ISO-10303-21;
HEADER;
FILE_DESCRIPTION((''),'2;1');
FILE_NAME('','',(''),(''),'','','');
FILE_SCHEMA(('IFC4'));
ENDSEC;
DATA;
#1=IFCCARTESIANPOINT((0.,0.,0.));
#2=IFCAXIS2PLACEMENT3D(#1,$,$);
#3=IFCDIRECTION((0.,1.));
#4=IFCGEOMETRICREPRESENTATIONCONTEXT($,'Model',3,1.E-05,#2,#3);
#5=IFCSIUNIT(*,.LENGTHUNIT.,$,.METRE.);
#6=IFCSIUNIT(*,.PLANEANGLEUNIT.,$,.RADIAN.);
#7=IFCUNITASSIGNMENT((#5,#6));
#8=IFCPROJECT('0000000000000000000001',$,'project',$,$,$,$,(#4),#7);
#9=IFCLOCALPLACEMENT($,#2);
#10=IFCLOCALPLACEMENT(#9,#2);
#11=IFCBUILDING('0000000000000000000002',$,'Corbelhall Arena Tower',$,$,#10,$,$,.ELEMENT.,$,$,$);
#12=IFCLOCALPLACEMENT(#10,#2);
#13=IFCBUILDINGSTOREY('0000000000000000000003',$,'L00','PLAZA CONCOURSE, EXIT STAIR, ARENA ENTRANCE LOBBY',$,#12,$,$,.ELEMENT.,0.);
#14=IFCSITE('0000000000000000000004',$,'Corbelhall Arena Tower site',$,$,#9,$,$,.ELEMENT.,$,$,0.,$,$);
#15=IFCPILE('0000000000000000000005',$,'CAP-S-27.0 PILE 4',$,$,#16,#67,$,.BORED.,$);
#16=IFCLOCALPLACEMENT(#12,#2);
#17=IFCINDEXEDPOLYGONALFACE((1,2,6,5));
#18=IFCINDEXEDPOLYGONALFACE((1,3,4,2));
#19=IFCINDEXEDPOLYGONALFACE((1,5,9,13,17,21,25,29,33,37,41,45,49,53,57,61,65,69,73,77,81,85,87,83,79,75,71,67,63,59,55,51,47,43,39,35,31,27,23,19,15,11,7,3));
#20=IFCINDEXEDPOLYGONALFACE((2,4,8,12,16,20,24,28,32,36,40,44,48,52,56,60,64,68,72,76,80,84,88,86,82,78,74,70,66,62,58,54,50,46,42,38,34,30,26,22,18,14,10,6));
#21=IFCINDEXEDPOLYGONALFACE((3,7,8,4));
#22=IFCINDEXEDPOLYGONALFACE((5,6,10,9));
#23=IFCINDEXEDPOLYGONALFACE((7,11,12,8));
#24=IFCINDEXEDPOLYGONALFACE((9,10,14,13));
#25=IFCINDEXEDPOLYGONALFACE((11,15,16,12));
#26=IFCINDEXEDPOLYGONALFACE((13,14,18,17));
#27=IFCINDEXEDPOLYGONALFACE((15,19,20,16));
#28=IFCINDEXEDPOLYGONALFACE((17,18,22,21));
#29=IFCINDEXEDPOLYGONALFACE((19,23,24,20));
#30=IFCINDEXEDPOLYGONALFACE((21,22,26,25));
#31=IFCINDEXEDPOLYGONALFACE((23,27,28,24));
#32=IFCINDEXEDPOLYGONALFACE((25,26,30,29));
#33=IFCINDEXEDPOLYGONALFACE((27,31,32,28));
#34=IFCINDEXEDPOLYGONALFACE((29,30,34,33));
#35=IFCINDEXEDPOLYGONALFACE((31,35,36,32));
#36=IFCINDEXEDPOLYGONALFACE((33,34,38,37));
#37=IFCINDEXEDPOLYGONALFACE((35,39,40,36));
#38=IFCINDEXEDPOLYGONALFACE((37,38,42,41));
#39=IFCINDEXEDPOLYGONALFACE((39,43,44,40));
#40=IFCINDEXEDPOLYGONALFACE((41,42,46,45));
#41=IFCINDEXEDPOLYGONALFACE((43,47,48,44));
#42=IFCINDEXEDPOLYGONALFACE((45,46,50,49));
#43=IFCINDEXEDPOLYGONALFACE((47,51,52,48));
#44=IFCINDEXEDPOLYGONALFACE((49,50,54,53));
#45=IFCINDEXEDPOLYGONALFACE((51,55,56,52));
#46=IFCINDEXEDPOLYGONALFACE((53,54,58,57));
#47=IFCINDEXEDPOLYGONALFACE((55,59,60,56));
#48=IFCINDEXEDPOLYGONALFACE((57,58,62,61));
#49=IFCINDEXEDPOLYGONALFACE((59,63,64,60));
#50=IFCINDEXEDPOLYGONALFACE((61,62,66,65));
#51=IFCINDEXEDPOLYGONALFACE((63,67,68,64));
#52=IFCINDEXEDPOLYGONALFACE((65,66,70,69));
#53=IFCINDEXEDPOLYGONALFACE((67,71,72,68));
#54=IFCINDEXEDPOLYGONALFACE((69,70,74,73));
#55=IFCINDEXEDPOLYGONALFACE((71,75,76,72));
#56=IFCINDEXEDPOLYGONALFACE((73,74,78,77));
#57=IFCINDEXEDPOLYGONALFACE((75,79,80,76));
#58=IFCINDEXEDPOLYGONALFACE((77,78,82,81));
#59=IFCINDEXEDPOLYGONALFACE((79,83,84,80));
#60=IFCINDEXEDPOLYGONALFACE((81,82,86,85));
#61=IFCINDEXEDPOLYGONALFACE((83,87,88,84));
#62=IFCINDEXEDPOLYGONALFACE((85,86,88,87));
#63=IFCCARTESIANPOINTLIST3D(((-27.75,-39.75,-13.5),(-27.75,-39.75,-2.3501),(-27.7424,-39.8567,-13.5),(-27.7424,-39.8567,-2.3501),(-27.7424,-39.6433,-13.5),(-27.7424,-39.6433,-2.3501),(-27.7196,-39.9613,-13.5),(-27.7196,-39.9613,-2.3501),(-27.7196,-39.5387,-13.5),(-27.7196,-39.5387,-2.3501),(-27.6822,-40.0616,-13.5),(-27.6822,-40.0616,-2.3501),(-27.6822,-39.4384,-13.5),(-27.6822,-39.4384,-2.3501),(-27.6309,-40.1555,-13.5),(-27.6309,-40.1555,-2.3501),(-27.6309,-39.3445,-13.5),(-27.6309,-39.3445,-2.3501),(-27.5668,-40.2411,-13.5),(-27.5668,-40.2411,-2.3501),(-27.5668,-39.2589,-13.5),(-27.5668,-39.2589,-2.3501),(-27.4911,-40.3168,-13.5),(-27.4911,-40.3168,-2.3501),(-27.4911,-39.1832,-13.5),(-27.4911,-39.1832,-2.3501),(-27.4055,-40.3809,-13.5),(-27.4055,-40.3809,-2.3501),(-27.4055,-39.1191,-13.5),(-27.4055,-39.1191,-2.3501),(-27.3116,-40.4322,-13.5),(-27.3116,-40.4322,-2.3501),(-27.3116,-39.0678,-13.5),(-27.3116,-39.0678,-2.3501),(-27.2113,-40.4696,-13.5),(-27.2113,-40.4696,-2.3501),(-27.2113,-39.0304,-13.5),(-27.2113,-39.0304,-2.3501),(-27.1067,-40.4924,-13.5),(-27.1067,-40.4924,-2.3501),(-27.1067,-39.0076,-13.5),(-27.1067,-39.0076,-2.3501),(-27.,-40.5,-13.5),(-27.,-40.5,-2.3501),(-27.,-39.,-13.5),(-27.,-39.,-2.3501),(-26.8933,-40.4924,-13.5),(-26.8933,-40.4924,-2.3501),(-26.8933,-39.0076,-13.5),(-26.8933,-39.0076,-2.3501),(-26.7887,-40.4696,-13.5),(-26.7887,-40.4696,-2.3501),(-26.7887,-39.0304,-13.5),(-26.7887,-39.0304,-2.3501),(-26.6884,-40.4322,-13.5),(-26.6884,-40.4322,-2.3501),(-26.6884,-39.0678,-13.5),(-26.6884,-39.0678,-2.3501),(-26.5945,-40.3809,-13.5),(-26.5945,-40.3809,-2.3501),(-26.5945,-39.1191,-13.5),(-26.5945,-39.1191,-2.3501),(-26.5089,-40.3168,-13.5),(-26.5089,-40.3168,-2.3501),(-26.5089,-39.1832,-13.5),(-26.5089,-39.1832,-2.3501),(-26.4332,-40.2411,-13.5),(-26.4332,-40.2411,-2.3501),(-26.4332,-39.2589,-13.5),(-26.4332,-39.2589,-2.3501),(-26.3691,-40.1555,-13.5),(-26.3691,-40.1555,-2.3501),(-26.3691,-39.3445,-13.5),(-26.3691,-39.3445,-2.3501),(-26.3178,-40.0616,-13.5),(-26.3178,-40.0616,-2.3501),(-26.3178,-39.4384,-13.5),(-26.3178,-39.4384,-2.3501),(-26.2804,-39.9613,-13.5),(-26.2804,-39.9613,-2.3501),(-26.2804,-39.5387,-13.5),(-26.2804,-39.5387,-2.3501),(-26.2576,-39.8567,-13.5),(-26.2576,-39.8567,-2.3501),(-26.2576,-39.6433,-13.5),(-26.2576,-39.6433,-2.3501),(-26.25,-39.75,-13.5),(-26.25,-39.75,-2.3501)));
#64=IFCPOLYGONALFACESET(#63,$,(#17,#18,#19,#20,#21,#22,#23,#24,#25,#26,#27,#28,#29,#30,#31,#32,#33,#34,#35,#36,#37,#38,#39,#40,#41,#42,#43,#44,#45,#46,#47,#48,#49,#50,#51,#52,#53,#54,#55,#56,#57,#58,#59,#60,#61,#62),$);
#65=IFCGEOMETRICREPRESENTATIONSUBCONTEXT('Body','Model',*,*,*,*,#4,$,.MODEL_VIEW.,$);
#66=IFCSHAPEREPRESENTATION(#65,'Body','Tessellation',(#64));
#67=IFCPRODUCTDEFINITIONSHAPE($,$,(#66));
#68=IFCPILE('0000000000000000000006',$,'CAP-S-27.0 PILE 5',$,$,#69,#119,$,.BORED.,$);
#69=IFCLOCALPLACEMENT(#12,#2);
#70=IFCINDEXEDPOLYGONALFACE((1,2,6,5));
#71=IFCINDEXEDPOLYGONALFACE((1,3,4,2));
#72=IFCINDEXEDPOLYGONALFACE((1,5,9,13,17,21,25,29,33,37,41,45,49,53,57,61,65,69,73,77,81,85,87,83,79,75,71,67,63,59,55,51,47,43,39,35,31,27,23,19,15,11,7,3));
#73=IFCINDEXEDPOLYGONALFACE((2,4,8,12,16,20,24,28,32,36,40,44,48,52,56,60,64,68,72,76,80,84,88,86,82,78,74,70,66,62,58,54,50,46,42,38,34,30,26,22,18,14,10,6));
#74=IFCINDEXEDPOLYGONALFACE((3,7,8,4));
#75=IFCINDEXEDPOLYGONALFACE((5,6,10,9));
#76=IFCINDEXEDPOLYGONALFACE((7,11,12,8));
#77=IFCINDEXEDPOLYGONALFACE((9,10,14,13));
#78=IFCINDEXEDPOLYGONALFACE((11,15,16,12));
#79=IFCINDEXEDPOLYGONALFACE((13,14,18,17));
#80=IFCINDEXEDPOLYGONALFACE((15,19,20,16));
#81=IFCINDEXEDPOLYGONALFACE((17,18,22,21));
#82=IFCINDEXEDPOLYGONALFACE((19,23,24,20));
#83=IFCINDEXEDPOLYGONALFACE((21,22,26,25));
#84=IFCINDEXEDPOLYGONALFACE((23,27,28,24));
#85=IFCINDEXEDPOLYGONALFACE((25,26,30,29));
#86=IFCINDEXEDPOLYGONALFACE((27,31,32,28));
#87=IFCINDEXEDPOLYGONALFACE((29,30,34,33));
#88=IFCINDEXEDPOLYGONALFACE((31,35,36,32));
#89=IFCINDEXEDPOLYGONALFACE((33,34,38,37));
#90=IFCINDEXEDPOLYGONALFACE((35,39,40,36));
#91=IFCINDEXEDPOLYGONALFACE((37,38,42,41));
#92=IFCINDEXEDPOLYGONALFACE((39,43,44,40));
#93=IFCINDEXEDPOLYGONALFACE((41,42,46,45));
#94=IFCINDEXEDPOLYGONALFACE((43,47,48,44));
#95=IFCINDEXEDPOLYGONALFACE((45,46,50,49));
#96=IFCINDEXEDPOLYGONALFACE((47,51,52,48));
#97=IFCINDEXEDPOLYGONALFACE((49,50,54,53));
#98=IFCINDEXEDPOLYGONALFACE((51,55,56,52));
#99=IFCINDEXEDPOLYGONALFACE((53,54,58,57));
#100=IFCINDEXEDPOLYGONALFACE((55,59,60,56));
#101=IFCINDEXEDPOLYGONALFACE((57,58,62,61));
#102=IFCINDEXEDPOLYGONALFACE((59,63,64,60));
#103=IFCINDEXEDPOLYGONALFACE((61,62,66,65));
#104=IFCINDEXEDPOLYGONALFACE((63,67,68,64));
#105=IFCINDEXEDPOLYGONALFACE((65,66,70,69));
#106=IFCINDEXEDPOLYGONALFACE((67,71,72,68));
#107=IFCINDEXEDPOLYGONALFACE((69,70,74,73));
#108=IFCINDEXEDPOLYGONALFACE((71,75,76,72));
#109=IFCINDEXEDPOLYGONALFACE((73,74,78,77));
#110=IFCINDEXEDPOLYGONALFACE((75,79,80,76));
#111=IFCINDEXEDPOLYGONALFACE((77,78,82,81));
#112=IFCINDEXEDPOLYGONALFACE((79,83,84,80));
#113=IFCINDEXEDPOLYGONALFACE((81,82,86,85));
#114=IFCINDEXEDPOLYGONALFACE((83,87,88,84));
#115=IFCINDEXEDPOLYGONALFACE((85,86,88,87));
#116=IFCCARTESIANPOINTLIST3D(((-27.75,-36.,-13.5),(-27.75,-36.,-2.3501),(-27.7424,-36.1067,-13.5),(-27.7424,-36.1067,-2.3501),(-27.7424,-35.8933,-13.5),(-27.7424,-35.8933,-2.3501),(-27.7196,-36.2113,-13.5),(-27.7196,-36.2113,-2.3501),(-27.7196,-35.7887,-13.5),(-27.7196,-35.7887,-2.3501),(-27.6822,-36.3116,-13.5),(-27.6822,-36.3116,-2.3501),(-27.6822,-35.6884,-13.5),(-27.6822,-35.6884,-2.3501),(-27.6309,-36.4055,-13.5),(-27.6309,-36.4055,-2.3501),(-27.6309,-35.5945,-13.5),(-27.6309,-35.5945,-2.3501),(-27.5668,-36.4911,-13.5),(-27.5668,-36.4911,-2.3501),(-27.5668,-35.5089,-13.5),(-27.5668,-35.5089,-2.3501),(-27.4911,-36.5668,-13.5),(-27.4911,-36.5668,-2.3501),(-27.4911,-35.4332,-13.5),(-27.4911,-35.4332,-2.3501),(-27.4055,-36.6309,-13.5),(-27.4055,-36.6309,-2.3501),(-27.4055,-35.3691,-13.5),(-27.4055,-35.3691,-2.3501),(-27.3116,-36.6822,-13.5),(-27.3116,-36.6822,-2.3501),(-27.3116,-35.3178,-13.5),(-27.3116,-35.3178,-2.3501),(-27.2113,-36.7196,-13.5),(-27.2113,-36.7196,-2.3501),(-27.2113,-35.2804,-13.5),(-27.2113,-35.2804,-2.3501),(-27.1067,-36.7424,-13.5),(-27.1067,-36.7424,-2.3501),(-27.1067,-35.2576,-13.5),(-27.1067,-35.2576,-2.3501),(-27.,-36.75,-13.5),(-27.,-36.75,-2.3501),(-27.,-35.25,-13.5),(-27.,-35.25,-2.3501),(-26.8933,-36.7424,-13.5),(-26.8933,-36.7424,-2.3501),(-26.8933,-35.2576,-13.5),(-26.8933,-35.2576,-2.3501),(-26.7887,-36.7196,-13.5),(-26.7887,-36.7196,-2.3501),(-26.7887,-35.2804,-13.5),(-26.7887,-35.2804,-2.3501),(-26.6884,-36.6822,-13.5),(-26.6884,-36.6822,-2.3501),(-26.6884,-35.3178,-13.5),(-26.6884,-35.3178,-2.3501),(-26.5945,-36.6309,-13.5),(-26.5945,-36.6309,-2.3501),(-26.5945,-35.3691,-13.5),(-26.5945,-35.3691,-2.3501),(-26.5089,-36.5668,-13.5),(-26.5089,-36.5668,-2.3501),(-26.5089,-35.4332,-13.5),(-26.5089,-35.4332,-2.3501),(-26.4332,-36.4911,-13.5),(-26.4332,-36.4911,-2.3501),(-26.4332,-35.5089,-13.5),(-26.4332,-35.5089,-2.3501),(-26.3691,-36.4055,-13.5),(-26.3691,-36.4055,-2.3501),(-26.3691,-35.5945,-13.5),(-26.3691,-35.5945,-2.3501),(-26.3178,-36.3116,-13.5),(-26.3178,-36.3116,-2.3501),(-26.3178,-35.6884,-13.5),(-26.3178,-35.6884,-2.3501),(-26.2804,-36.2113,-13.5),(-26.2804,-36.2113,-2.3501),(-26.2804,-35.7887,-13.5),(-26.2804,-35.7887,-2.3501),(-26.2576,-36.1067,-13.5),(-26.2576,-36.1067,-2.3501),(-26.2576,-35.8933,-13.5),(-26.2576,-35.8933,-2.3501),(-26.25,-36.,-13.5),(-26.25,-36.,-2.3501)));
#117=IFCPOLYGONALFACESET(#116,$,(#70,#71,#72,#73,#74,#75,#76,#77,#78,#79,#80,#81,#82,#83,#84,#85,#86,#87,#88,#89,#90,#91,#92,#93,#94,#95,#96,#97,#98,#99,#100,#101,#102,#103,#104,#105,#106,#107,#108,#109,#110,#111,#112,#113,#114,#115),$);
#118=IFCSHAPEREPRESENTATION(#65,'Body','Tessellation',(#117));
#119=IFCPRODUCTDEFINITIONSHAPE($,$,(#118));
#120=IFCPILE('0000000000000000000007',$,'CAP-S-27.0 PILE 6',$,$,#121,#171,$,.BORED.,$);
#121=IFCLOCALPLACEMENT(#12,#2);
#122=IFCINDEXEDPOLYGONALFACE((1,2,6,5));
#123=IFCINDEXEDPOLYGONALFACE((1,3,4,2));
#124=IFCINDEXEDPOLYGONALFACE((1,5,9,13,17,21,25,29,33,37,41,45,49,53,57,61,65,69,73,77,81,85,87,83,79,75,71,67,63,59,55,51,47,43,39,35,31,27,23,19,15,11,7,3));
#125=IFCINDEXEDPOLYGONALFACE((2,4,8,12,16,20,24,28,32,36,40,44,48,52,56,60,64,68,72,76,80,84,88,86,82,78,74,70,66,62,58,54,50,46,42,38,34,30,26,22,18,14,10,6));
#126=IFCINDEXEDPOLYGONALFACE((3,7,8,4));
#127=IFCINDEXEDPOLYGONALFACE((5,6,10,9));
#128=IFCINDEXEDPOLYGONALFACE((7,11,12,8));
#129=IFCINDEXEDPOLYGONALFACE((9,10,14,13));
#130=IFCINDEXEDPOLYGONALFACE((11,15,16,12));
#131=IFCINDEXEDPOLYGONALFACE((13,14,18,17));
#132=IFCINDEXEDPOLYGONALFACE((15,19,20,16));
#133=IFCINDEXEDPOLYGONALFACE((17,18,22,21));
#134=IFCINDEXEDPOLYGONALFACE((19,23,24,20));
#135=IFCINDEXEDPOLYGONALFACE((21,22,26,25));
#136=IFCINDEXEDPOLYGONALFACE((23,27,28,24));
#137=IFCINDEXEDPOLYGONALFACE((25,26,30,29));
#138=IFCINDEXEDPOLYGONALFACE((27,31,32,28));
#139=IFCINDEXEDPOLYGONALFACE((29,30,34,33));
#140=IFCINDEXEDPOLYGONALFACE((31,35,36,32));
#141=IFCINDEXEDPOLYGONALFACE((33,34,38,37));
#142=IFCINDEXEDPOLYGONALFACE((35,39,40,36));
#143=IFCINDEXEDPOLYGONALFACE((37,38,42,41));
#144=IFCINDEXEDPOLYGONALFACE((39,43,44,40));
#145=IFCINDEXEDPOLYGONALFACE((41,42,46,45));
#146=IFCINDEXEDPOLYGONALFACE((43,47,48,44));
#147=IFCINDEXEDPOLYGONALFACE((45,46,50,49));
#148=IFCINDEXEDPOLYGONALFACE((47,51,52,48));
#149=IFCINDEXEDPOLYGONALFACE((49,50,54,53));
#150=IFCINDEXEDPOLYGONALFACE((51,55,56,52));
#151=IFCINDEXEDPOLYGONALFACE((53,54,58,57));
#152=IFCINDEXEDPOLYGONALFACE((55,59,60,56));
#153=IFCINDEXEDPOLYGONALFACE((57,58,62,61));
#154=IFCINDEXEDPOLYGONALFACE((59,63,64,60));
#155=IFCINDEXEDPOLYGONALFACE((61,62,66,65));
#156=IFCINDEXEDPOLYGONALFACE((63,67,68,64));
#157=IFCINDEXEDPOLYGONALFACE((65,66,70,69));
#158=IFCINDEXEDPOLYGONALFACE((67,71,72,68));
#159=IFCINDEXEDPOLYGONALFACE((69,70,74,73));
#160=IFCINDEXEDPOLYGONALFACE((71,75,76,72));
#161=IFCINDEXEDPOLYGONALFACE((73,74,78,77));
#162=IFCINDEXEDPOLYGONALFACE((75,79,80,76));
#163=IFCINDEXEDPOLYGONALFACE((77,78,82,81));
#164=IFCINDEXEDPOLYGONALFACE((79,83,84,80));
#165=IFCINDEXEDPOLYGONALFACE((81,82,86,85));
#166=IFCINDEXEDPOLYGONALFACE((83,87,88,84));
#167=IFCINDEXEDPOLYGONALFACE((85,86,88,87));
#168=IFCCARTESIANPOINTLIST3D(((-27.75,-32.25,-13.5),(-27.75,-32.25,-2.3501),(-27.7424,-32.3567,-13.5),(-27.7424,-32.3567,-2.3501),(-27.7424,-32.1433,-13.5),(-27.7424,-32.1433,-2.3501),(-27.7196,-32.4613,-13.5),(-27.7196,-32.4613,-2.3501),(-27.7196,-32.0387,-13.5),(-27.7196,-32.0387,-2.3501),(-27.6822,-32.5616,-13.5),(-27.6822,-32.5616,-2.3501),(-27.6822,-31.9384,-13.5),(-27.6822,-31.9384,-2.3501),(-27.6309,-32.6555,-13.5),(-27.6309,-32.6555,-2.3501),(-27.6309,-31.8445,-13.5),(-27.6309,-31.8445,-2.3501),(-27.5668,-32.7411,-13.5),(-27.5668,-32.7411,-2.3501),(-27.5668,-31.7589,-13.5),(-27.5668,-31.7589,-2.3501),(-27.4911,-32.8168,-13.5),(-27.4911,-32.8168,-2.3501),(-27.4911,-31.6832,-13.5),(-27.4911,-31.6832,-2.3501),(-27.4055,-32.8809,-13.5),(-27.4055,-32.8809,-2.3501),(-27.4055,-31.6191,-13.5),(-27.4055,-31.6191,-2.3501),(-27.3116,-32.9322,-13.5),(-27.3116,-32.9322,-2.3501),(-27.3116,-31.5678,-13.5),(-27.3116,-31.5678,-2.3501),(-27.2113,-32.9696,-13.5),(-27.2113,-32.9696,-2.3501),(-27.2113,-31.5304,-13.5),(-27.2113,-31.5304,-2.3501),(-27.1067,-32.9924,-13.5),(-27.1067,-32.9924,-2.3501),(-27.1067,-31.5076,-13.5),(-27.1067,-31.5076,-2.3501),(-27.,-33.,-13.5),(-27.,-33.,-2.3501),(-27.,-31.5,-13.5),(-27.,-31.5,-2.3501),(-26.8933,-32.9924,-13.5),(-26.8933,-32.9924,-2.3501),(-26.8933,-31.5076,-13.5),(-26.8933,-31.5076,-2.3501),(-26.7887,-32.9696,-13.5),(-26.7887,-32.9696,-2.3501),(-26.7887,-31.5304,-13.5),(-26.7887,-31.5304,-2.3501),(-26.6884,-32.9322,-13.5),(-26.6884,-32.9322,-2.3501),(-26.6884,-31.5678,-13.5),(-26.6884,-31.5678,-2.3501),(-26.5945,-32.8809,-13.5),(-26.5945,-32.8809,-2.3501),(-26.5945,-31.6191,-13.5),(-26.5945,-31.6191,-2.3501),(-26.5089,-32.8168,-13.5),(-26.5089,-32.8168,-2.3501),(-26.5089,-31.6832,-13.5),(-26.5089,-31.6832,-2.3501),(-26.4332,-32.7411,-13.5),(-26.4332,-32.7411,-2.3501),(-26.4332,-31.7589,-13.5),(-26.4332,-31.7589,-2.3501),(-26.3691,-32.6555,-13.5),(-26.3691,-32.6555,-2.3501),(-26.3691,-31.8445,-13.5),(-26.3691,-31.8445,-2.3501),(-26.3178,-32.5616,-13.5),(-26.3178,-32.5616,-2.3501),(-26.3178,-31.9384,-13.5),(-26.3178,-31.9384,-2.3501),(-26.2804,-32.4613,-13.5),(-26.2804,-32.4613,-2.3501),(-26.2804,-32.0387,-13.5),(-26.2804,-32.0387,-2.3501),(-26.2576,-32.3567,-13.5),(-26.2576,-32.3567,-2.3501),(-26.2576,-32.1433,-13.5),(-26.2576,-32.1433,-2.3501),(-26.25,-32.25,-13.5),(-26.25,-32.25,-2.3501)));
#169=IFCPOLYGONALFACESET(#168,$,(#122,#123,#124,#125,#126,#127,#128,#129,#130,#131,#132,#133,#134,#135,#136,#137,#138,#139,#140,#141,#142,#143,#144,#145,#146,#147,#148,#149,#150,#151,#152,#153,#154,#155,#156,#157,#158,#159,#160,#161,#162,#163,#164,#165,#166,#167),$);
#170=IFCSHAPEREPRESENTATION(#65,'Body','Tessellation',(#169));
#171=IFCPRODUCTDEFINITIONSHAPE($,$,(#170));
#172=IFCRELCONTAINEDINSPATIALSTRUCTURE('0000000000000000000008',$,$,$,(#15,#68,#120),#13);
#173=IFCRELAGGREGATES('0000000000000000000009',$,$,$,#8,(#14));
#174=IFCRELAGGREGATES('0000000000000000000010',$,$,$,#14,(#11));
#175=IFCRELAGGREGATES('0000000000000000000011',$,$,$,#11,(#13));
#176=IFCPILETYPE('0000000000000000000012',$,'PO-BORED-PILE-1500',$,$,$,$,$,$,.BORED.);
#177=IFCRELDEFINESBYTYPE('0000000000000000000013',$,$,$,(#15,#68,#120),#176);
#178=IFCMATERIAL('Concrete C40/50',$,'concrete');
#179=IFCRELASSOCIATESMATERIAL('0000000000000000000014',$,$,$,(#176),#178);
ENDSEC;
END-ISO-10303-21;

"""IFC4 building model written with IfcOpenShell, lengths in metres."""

from ifc_helpers import new_model, si_unit, direction, frame, origin, origin_2d, place, context, subcontext, project, spatial, circle, extrude, material, material_profile, profile_set, type_object, element, save


model = new_model("IFC4")

# Units and contexts
model_context = context("Model", 3, precision=1e-05, world=origin(), true_north=direction((0.0, 1.0)))
body_context = subcontext(model_context, "Body", "Model", "MODEL_VIEW")
ifc_project = project(units=[si_unit("LENGTHUNIT", "METRE"), si_unit("PLANEANGLEUNIT", "RADIAN")], contexts=[model_context])

# Site, building, storey
site_placement = place(None, origin())
site = spatial("IfcSite", under=ifc_project, at=site_placement, Name="Corbelhall Arena Tower site", CompositionType="ELEMENT", RefElevation=0.0)
building_placement = place(site_placement, origin())
building = spatial("IfcBuilding", under=site, at=building_placement, Name="Corbelhall Arena Tower", CompositionType="ELEMENT")
storey_placement = place(building_placement, origin())
storey = spatial("IfcBuildingStorey", under=building, at=storey_placement, Name="L00", Description="PLAZA CONCOURSE, EXIT STAIR, ARENA ENTRANCE LOBBY", CompositionType="ELEMENT", Elevation=0.0)

# Piles
ifc_material_1 = material(Name="Concrete C40/50", Category="concrete")
ifc_material_profile_1 = material_profile(ifc_material_1, circle(Radius=0.75, at=origin_2d()))
ifc_profile_set_1 = profile_set([ifc_material_profile_1], Name="Concrete C40/50")
pile_type = type_object("IfcPileType", Name="PO-BORED-PILE-1500", PredefinedType="BORED", material=ifc_profile_set_1)
for number, where, z_axis, x_axis, name in (
    (1, (-27.0, -39.75, -2.3501), (0.0, 0.0, -1.0), (1.0, 0.0, 0.0), "CAP-S-27.0 PILE 4"),
    (2, (-27.0, -36.0, -2.3501), (0.0, 0.0, -1.0), (1.0, 0.0, 0.0), "CAP-S-27.0 PILE 5"),
    (3, (-27.0, -32.25, -2.3501), (0.0, 0.0, -1.0), (1.0, 0.0, 0.0), "CAP-S-27.0 PILE 6"),
):
    element("IfcPile", number, at=place(storey_placement, frame(where, z_axis=z_axis, x_axis=x_axis)), inside=storey, type_object=pile_type, Name=name, PredefinedType="BORED", context=body_context, shape_type="SweptSolid", body=[
        extrude(circle(Radius=0.75, at=origin_2d()), origin(), (0.0, 0.0, 1.0), 11.1499),
    ])

save(model, "model.ifc")
